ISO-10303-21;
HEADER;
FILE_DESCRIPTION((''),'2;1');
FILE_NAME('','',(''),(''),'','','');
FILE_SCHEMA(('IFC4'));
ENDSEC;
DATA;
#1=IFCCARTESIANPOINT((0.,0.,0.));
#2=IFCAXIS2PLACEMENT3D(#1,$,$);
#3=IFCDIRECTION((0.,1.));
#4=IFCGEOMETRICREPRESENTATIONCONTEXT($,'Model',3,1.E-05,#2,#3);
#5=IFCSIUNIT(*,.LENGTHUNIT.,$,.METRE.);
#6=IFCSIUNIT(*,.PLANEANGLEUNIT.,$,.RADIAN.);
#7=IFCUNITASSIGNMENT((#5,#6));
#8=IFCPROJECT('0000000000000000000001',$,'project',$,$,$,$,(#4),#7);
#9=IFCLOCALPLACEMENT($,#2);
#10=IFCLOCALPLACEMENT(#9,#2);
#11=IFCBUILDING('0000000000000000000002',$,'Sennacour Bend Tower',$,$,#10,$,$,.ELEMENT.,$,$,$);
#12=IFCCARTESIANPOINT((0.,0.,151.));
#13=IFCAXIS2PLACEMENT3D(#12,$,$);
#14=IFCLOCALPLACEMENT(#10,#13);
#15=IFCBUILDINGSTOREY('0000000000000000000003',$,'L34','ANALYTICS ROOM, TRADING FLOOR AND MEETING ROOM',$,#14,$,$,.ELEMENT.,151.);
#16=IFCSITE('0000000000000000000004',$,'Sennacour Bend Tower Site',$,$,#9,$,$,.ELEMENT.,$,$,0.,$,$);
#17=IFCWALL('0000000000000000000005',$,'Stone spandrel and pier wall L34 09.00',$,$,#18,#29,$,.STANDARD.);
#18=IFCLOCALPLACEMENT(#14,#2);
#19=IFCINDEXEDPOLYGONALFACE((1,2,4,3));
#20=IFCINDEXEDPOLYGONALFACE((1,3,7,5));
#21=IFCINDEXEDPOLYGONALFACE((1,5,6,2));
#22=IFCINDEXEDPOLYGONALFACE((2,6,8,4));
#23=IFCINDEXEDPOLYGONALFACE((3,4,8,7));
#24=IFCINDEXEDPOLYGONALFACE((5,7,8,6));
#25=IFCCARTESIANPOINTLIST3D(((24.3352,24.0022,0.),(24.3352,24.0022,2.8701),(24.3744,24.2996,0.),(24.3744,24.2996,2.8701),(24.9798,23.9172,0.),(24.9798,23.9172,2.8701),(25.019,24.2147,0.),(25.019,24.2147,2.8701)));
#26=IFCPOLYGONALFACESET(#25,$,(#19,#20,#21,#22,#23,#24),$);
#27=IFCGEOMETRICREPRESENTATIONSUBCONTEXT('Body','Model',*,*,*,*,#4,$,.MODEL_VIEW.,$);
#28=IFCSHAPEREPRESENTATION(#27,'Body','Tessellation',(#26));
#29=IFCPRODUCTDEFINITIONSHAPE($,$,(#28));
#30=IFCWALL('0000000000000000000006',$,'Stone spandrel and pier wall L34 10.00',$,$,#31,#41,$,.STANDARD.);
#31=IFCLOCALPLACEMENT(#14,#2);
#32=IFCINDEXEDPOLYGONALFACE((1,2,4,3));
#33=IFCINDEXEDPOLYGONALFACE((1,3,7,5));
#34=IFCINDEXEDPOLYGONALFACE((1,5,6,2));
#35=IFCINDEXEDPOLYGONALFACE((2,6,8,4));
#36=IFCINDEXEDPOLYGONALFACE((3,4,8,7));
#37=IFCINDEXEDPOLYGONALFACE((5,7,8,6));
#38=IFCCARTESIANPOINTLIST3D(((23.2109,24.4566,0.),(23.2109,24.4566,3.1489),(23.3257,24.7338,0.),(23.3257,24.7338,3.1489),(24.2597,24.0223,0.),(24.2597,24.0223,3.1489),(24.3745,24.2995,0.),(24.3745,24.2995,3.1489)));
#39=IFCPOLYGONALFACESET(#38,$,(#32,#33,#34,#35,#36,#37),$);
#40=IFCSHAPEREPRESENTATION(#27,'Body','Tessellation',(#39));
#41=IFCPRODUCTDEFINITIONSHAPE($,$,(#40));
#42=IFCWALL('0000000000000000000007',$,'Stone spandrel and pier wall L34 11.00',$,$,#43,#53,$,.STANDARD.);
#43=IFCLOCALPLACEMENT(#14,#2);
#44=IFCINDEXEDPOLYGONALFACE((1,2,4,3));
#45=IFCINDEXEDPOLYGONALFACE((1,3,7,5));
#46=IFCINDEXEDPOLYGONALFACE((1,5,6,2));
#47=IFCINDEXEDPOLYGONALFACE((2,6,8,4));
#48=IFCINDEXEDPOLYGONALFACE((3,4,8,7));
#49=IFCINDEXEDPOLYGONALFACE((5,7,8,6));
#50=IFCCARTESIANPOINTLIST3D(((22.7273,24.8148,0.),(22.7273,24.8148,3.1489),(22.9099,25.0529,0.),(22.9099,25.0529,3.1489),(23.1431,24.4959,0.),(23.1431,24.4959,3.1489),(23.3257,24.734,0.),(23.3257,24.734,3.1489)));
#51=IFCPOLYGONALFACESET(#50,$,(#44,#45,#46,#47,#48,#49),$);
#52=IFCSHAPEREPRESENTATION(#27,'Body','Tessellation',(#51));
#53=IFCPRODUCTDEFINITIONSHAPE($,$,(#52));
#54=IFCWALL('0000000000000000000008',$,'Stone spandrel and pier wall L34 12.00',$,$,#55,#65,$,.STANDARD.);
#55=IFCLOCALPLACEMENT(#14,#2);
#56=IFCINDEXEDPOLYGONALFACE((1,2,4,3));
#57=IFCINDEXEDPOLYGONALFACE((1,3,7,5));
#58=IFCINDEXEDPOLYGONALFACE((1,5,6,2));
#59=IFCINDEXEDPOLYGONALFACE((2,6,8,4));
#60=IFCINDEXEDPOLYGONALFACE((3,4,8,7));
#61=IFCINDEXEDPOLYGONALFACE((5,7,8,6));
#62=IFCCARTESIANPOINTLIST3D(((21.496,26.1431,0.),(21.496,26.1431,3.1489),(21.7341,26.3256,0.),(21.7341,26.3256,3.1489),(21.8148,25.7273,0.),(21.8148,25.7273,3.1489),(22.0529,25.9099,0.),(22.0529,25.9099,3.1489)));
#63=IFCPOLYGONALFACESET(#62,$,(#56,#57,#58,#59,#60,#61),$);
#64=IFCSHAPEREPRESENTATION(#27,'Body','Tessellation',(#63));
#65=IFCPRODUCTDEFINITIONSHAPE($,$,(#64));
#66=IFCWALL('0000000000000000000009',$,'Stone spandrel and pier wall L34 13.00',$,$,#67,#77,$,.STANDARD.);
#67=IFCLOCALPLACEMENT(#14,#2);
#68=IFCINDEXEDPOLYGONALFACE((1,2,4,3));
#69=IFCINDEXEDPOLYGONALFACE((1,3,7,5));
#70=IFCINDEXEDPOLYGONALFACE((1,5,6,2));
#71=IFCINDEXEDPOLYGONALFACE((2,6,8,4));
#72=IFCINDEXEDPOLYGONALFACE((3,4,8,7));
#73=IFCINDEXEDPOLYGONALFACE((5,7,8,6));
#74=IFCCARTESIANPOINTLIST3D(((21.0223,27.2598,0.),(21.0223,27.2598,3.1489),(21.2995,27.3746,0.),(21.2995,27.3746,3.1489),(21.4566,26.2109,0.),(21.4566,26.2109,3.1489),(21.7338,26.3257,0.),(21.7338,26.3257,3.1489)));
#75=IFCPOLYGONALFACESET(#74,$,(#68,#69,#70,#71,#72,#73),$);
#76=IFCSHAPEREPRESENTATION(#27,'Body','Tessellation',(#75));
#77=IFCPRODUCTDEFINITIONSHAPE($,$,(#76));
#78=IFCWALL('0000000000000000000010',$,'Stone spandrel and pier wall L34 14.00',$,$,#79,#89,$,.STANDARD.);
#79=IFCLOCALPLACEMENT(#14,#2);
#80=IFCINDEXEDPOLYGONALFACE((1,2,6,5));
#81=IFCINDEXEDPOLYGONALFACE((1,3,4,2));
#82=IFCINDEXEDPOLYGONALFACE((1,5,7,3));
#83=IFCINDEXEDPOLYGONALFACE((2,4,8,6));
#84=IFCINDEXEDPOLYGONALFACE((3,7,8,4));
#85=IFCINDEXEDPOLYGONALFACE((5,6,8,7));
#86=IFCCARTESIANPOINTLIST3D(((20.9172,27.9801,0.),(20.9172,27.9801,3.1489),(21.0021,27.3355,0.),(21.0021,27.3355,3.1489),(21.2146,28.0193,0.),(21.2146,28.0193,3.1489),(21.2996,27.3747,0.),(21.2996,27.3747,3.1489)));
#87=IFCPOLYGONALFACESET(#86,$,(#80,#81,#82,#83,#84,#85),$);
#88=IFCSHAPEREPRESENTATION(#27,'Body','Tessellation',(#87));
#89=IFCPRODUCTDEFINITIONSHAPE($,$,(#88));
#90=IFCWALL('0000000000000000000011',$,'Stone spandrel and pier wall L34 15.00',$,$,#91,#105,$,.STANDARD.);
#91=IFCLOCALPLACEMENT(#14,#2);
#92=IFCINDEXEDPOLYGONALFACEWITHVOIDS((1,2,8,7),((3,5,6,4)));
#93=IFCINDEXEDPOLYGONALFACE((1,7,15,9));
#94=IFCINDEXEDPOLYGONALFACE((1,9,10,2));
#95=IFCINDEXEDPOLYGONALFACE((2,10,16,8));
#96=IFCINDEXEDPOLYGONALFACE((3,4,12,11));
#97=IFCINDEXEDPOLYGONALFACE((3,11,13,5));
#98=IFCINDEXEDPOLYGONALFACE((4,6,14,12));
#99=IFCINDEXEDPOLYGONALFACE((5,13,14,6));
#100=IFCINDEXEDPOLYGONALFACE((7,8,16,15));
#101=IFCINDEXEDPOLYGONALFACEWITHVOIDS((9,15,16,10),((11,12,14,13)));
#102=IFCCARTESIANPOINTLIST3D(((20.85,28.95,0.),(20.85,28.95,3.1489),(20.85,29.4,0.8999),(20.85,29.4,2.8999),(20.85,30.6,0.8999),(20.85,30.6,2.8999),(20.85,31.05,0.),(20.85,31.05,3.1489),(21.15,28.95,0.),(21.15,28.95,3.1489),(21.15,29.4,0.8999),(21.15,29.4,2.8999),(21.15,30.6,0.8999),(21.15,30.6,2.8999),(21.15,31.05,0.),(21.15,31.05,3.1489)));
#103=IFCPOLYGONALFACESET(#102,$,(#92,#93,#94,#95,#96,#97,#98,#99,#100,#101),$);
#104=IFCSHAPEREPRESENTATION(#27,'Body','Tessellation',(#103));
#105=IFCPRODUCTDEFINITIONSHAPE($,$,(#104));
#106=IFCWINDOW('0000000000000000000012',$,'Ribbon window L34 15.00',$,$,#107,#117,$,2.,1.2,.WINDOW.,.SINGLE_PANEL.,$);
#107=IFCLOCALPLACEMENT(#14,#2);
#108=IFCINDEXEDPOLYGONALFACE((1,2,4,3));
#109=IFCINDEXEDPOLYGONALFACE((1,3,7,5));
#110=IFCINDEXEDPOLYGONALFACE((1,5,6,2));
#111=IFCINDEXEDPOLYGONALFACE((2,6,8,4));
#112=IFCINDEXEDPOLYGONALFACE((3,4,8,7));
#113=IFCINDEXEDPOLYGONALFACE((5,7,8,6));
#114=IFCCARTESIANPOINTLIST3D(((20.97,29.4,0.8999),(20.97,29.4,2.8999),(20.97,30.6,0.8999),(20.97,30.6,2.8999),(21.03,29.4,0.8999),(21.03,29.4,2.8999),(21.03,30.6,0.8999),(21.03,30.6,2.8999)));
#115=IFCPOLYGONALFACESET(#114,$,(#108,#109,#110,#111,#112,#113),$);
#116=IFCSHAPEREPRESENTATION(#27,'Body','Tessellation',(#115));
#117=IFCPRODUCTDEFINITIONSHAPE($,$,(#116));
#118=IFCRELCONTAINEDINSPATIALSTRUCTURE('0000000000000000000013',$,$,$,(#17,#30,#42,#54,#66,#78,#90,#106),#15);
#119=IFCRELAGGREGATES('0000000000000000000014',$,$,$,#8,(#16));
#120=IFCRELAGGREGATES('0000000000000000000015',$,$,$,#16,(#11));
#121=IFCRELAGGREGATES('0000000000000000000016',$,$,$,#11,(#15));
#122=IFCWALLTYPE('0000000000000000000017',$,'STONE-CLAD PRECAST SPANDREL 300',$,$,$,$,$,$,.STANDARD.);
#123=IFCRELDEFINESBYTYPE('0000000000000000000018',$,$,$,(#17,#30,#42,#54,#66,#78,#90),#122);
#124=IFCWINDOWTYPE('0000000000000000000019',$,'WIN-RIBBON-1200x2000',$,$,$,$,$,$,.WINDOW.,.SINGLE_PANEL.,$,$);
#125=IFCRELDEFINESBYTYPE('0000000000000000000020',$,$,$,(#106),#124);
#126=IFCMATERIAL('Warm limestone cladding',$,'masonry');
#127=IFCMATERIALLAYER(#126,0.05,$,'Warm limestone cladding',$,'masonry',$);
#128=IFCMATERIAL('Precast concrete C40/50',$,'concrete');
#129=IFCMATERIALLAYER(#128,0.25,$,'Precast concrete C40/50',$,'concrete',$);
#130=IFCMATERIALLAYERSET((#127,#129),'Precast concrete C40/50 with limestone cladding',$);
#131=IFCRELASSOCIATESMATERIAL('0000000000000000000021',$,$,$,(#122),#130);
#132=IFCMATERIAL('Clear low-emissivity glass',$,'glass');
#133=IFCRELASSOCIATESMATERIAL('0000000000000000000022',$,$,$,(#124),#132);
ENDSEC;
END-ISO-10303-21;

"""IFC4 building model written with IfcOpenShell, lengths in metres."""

from ifc_helpers import new_model, si_unit, direction, frame, frame_2d, origin, place, context, subcontext, project, spatial, rectangle, extrude, material, layer, layer_set, type_object, element, fill, save


model = new_model("IFC4")

# Units and contexts
model_context = context("Model", 3, precision=1e-05, world=origin(), true_north=direction((0.0, 1.0)))
body_context = subcontext(model_context, "Body", "Model", "MODEL_VIEW")
ifc_project = project(units=[si_unit("LENGTHUNIT", "METRE"), si_unit("PLANEANGLEUNIT", "RADIAN")], contexts=[model_context])

# Site, building, storey
site_placement = place(None, origin())
site = spatial("IfcSite", under=ifc_project, at=site_placement, Name="Sennacour Bend Tower Site", CompositionType="ELEMENT", RefElevation=0.0)
building_placement = place(site_placement, origin())
building = spatial("IfcBuilding", under=site, at=building_placement, Name="Sennacour Bend Tower", CompositionType="ELEMENT")
storey_placement = place(building_placement, frame((0.0, 0.0, 151.0)))
storey = spatial("IfcBuildingStorey", under=building, at=storey_placement, Name="L34", Description="ANALYTICS ROOM, TRADING FLOOR AND MEETING ROOM", CompositionType="ELEMENT", Elevation=151.0)

# Walls
ifc_material_1 = material(Name="Warm limestone cladding", Category="masonry")
ifc_layer_1 = layer(ifc_material_1, 0.05, Name="Warm limestone cladding", Category="masonry")
ifc_material_2 = material(Name="Precast concrete C40/50", Category="concrete")
ifc_layer_2 = layer(ifc_material_2, 0.25, Name="Precast concrete C40/50", Category="concrete")
ifc_layer_set_1 = layer_set([ifc_layer_1, ifc_layer_2], Name="Precast concrete C40/50 with limestone cladding")
wall_type_1 = type_object("IfcWallType", Name="STONE-CLAD PRECAST SPANDREL 300", PredefinedType="STANDARD", material=ifc_layer_set_1)
wall_1_placement = place(storey_placement, frame((24.9995, 24.0659, 0.0), z_axis=(0.0, 0.0, 1.0), x_axis=(-0.991424, 0.130688, 0.0)))
element("IfcWall", 1, at=wall_1_placement, inside=storey, type_object=wall_type_1, Name="Stone spandrel and pier wall L34 09.00", PredefinedType="STANDARD", context=body_context, shape_type="SweptSolid", body=[
    extrude(rectangle(XDim=0.6501, YDim=0.3, at=frame_2d((0.3252, 0.0))), origin(), (0.0, 0.0, 1.0), 2.8701),
])
wall_2_placement = place(storey_placement, frame((24.3171, 24.1609, 0.0), z_axis=(0.0, 0.0, 1.0), x_axis=(-0.923915, 0.382599, 0.0)))
element("IfcWall", 2, at=wall_2_placement, inside=storey, type_object=wall_type_1, Name="Stone spandrel and pier wall L34 10.00", PredefinedType="STANDARD", context=body_context, shape_type="SweptSolid", body=[
    extrude(rectangle(XDim=1.1353, YDim=0.3, at=frame_2d((0.5676, 0.0))), origin(), (0.0, 0.0, 1.0), 3.1489),
])
for number, where, z_axis, x_axis, name in (
    (3, (23.2344, 24.615, 0.0), (0.0, 0.0, 1.0), (-0.793524, 0.608539, 0.0), "Stone spandrel and pier wall L34 11.00"),
    (4, (21.9338, 25.8186, 0.0), (0.0, 0.0, 1.0), (-0.608539, 0.793524, 0.0), "Stone spandrel and pier wall L34 12.00"),
):
    element("IfcWall", number, at=place(storey_placement, frame(where, z_axis=z_axis, x_axis=x_axis)), inside=storey, type_object=wall_type_1, Name=name, PredefinedType="STANDARD", context=body_context, shape_type="SweptSolid", body=[
        extrude(rectangle(XDim=0.5239, YDim=0.3, at=frame_2d((0.262, 0.0))), origin(), (0.0, 0.0, 1.0), 3.1489),
    ])
wall_3_placement = place(storey_placement, frame((21.5952, 26.2683, 0.0), z_axis=(0.0, 0.0, 1.0), x_axis=(-0.382599, 0.923915, 0.0)))
element("IfcWall", 5, at=wall_3_placement, inside=storey, type_object=wall_type_1, Name="Stone spandrel and pier wall L34 13.00", PredefinedType="STANDARD", context=body_context, shape_type="SweptSolid", body=[
    extrude(rectangle(XDim=1.1353, YDim=0.3, at=frame_2d((0.5676, 0.0))), origin(), (0.0, 0.0, 1.0), 3.1489),
])
wall_4_placement = place(storey_placement, frame((21.1509, 27.355, 0.0), z_axis=(0.0, 0.0, 1.0), x_axis=(-0.130688, 0.991424, 0.0)))
element("IfcWall", 6, at=wall_4_placement, inside=storey, type_object=wall_type_1, Name="Stone spandrel and pier wall L34 14.00", PredefinedType="STANDARD", context=body_context, shape_type="SweptSolid", body=[
    extrude(rectangle(XDim=0.6501, YDim=0.3, at=frame_2d((0.3252, 0.0))), origin(), (0.0, 0.0, 1.0), 3.1489),
])

# Wall, opening, window
wall_5_placement = place(storey_placement, frame((21.0, 28.95, 0.0), z_axis=(0.0, 0.0, 1.0), x_axis=(0.0, 1.0, 0.0)))
wall_5 = element("IfcWall", 7, at=wall_5_placement, inside=storey, type_object=wall_type_1, Name="Stone spandrel and pier wall L34 15.00", PredefinedType="STANDARD", context=body_context, shape_type="SweptSolid", body=[
    extrude(rectangle(XDim=2.1001, YDim=0.3, at=frame_2d((1.05, 0.0))), origin(), (0.0, 0.0, 1.0), 3.1489),
])
opening_1_placement = place(wall_5_placement, frame((0.45, 0.0, 0.8999)))
opening_1 = element("IfcOpeningElement", 8, at=opening_1_placement, cuts=wall_5, PredefinedType="OPENING", context=body_context, shape_type="SweptSolid", body=[
    extrude(rectangle(XDim=1.2, YDim=2.0, at=frame_2d((0.6001, 1.0))), frame((0.0, 0.1602, 0.0), z_axis=(0.0, -1.0, 0.0), x_axis=(1.0, 0.0, 0.0)), (0.0, 0.0, 1.0), 0.3201),
])
ifc_material_3 = material(Name="Clear low-emissivity glass", Category="glass")
window_type = type_object("IfcWindowType", Name="WIN-RIBBON-1200x2000", PartitioningType="SINGLE_PANEL", PredefinedType="WINDOW", material=ifc_material_3)
window_placement = place(opening_1_placement, origin())
window = element("IfcWindow", 9, at=window_placement, inside=storey, type_object=window_type, Name="Ribbon window L34 15.00", OverallHeight=2.0, OverallWidth=1.2, PartitioningType="SINGLE_PANEL", PredefinedType="WINDOW", context=body_context, shape_type="SweptSolid", body=[
    extrude(rectangle(XDim=1.2, YDim=2.0, at=frame_2d((0.6001, 1.0))), frame((0.0, 0.03, 0.0), z_axis=(0.0, -1.0, 0.0), x_axis=(1.0, 0.0, 0.0)), (0.0, 0.0, 1.0), 0.0601),
])
fill(opening_1, window)

save(model, "model.ifc")
